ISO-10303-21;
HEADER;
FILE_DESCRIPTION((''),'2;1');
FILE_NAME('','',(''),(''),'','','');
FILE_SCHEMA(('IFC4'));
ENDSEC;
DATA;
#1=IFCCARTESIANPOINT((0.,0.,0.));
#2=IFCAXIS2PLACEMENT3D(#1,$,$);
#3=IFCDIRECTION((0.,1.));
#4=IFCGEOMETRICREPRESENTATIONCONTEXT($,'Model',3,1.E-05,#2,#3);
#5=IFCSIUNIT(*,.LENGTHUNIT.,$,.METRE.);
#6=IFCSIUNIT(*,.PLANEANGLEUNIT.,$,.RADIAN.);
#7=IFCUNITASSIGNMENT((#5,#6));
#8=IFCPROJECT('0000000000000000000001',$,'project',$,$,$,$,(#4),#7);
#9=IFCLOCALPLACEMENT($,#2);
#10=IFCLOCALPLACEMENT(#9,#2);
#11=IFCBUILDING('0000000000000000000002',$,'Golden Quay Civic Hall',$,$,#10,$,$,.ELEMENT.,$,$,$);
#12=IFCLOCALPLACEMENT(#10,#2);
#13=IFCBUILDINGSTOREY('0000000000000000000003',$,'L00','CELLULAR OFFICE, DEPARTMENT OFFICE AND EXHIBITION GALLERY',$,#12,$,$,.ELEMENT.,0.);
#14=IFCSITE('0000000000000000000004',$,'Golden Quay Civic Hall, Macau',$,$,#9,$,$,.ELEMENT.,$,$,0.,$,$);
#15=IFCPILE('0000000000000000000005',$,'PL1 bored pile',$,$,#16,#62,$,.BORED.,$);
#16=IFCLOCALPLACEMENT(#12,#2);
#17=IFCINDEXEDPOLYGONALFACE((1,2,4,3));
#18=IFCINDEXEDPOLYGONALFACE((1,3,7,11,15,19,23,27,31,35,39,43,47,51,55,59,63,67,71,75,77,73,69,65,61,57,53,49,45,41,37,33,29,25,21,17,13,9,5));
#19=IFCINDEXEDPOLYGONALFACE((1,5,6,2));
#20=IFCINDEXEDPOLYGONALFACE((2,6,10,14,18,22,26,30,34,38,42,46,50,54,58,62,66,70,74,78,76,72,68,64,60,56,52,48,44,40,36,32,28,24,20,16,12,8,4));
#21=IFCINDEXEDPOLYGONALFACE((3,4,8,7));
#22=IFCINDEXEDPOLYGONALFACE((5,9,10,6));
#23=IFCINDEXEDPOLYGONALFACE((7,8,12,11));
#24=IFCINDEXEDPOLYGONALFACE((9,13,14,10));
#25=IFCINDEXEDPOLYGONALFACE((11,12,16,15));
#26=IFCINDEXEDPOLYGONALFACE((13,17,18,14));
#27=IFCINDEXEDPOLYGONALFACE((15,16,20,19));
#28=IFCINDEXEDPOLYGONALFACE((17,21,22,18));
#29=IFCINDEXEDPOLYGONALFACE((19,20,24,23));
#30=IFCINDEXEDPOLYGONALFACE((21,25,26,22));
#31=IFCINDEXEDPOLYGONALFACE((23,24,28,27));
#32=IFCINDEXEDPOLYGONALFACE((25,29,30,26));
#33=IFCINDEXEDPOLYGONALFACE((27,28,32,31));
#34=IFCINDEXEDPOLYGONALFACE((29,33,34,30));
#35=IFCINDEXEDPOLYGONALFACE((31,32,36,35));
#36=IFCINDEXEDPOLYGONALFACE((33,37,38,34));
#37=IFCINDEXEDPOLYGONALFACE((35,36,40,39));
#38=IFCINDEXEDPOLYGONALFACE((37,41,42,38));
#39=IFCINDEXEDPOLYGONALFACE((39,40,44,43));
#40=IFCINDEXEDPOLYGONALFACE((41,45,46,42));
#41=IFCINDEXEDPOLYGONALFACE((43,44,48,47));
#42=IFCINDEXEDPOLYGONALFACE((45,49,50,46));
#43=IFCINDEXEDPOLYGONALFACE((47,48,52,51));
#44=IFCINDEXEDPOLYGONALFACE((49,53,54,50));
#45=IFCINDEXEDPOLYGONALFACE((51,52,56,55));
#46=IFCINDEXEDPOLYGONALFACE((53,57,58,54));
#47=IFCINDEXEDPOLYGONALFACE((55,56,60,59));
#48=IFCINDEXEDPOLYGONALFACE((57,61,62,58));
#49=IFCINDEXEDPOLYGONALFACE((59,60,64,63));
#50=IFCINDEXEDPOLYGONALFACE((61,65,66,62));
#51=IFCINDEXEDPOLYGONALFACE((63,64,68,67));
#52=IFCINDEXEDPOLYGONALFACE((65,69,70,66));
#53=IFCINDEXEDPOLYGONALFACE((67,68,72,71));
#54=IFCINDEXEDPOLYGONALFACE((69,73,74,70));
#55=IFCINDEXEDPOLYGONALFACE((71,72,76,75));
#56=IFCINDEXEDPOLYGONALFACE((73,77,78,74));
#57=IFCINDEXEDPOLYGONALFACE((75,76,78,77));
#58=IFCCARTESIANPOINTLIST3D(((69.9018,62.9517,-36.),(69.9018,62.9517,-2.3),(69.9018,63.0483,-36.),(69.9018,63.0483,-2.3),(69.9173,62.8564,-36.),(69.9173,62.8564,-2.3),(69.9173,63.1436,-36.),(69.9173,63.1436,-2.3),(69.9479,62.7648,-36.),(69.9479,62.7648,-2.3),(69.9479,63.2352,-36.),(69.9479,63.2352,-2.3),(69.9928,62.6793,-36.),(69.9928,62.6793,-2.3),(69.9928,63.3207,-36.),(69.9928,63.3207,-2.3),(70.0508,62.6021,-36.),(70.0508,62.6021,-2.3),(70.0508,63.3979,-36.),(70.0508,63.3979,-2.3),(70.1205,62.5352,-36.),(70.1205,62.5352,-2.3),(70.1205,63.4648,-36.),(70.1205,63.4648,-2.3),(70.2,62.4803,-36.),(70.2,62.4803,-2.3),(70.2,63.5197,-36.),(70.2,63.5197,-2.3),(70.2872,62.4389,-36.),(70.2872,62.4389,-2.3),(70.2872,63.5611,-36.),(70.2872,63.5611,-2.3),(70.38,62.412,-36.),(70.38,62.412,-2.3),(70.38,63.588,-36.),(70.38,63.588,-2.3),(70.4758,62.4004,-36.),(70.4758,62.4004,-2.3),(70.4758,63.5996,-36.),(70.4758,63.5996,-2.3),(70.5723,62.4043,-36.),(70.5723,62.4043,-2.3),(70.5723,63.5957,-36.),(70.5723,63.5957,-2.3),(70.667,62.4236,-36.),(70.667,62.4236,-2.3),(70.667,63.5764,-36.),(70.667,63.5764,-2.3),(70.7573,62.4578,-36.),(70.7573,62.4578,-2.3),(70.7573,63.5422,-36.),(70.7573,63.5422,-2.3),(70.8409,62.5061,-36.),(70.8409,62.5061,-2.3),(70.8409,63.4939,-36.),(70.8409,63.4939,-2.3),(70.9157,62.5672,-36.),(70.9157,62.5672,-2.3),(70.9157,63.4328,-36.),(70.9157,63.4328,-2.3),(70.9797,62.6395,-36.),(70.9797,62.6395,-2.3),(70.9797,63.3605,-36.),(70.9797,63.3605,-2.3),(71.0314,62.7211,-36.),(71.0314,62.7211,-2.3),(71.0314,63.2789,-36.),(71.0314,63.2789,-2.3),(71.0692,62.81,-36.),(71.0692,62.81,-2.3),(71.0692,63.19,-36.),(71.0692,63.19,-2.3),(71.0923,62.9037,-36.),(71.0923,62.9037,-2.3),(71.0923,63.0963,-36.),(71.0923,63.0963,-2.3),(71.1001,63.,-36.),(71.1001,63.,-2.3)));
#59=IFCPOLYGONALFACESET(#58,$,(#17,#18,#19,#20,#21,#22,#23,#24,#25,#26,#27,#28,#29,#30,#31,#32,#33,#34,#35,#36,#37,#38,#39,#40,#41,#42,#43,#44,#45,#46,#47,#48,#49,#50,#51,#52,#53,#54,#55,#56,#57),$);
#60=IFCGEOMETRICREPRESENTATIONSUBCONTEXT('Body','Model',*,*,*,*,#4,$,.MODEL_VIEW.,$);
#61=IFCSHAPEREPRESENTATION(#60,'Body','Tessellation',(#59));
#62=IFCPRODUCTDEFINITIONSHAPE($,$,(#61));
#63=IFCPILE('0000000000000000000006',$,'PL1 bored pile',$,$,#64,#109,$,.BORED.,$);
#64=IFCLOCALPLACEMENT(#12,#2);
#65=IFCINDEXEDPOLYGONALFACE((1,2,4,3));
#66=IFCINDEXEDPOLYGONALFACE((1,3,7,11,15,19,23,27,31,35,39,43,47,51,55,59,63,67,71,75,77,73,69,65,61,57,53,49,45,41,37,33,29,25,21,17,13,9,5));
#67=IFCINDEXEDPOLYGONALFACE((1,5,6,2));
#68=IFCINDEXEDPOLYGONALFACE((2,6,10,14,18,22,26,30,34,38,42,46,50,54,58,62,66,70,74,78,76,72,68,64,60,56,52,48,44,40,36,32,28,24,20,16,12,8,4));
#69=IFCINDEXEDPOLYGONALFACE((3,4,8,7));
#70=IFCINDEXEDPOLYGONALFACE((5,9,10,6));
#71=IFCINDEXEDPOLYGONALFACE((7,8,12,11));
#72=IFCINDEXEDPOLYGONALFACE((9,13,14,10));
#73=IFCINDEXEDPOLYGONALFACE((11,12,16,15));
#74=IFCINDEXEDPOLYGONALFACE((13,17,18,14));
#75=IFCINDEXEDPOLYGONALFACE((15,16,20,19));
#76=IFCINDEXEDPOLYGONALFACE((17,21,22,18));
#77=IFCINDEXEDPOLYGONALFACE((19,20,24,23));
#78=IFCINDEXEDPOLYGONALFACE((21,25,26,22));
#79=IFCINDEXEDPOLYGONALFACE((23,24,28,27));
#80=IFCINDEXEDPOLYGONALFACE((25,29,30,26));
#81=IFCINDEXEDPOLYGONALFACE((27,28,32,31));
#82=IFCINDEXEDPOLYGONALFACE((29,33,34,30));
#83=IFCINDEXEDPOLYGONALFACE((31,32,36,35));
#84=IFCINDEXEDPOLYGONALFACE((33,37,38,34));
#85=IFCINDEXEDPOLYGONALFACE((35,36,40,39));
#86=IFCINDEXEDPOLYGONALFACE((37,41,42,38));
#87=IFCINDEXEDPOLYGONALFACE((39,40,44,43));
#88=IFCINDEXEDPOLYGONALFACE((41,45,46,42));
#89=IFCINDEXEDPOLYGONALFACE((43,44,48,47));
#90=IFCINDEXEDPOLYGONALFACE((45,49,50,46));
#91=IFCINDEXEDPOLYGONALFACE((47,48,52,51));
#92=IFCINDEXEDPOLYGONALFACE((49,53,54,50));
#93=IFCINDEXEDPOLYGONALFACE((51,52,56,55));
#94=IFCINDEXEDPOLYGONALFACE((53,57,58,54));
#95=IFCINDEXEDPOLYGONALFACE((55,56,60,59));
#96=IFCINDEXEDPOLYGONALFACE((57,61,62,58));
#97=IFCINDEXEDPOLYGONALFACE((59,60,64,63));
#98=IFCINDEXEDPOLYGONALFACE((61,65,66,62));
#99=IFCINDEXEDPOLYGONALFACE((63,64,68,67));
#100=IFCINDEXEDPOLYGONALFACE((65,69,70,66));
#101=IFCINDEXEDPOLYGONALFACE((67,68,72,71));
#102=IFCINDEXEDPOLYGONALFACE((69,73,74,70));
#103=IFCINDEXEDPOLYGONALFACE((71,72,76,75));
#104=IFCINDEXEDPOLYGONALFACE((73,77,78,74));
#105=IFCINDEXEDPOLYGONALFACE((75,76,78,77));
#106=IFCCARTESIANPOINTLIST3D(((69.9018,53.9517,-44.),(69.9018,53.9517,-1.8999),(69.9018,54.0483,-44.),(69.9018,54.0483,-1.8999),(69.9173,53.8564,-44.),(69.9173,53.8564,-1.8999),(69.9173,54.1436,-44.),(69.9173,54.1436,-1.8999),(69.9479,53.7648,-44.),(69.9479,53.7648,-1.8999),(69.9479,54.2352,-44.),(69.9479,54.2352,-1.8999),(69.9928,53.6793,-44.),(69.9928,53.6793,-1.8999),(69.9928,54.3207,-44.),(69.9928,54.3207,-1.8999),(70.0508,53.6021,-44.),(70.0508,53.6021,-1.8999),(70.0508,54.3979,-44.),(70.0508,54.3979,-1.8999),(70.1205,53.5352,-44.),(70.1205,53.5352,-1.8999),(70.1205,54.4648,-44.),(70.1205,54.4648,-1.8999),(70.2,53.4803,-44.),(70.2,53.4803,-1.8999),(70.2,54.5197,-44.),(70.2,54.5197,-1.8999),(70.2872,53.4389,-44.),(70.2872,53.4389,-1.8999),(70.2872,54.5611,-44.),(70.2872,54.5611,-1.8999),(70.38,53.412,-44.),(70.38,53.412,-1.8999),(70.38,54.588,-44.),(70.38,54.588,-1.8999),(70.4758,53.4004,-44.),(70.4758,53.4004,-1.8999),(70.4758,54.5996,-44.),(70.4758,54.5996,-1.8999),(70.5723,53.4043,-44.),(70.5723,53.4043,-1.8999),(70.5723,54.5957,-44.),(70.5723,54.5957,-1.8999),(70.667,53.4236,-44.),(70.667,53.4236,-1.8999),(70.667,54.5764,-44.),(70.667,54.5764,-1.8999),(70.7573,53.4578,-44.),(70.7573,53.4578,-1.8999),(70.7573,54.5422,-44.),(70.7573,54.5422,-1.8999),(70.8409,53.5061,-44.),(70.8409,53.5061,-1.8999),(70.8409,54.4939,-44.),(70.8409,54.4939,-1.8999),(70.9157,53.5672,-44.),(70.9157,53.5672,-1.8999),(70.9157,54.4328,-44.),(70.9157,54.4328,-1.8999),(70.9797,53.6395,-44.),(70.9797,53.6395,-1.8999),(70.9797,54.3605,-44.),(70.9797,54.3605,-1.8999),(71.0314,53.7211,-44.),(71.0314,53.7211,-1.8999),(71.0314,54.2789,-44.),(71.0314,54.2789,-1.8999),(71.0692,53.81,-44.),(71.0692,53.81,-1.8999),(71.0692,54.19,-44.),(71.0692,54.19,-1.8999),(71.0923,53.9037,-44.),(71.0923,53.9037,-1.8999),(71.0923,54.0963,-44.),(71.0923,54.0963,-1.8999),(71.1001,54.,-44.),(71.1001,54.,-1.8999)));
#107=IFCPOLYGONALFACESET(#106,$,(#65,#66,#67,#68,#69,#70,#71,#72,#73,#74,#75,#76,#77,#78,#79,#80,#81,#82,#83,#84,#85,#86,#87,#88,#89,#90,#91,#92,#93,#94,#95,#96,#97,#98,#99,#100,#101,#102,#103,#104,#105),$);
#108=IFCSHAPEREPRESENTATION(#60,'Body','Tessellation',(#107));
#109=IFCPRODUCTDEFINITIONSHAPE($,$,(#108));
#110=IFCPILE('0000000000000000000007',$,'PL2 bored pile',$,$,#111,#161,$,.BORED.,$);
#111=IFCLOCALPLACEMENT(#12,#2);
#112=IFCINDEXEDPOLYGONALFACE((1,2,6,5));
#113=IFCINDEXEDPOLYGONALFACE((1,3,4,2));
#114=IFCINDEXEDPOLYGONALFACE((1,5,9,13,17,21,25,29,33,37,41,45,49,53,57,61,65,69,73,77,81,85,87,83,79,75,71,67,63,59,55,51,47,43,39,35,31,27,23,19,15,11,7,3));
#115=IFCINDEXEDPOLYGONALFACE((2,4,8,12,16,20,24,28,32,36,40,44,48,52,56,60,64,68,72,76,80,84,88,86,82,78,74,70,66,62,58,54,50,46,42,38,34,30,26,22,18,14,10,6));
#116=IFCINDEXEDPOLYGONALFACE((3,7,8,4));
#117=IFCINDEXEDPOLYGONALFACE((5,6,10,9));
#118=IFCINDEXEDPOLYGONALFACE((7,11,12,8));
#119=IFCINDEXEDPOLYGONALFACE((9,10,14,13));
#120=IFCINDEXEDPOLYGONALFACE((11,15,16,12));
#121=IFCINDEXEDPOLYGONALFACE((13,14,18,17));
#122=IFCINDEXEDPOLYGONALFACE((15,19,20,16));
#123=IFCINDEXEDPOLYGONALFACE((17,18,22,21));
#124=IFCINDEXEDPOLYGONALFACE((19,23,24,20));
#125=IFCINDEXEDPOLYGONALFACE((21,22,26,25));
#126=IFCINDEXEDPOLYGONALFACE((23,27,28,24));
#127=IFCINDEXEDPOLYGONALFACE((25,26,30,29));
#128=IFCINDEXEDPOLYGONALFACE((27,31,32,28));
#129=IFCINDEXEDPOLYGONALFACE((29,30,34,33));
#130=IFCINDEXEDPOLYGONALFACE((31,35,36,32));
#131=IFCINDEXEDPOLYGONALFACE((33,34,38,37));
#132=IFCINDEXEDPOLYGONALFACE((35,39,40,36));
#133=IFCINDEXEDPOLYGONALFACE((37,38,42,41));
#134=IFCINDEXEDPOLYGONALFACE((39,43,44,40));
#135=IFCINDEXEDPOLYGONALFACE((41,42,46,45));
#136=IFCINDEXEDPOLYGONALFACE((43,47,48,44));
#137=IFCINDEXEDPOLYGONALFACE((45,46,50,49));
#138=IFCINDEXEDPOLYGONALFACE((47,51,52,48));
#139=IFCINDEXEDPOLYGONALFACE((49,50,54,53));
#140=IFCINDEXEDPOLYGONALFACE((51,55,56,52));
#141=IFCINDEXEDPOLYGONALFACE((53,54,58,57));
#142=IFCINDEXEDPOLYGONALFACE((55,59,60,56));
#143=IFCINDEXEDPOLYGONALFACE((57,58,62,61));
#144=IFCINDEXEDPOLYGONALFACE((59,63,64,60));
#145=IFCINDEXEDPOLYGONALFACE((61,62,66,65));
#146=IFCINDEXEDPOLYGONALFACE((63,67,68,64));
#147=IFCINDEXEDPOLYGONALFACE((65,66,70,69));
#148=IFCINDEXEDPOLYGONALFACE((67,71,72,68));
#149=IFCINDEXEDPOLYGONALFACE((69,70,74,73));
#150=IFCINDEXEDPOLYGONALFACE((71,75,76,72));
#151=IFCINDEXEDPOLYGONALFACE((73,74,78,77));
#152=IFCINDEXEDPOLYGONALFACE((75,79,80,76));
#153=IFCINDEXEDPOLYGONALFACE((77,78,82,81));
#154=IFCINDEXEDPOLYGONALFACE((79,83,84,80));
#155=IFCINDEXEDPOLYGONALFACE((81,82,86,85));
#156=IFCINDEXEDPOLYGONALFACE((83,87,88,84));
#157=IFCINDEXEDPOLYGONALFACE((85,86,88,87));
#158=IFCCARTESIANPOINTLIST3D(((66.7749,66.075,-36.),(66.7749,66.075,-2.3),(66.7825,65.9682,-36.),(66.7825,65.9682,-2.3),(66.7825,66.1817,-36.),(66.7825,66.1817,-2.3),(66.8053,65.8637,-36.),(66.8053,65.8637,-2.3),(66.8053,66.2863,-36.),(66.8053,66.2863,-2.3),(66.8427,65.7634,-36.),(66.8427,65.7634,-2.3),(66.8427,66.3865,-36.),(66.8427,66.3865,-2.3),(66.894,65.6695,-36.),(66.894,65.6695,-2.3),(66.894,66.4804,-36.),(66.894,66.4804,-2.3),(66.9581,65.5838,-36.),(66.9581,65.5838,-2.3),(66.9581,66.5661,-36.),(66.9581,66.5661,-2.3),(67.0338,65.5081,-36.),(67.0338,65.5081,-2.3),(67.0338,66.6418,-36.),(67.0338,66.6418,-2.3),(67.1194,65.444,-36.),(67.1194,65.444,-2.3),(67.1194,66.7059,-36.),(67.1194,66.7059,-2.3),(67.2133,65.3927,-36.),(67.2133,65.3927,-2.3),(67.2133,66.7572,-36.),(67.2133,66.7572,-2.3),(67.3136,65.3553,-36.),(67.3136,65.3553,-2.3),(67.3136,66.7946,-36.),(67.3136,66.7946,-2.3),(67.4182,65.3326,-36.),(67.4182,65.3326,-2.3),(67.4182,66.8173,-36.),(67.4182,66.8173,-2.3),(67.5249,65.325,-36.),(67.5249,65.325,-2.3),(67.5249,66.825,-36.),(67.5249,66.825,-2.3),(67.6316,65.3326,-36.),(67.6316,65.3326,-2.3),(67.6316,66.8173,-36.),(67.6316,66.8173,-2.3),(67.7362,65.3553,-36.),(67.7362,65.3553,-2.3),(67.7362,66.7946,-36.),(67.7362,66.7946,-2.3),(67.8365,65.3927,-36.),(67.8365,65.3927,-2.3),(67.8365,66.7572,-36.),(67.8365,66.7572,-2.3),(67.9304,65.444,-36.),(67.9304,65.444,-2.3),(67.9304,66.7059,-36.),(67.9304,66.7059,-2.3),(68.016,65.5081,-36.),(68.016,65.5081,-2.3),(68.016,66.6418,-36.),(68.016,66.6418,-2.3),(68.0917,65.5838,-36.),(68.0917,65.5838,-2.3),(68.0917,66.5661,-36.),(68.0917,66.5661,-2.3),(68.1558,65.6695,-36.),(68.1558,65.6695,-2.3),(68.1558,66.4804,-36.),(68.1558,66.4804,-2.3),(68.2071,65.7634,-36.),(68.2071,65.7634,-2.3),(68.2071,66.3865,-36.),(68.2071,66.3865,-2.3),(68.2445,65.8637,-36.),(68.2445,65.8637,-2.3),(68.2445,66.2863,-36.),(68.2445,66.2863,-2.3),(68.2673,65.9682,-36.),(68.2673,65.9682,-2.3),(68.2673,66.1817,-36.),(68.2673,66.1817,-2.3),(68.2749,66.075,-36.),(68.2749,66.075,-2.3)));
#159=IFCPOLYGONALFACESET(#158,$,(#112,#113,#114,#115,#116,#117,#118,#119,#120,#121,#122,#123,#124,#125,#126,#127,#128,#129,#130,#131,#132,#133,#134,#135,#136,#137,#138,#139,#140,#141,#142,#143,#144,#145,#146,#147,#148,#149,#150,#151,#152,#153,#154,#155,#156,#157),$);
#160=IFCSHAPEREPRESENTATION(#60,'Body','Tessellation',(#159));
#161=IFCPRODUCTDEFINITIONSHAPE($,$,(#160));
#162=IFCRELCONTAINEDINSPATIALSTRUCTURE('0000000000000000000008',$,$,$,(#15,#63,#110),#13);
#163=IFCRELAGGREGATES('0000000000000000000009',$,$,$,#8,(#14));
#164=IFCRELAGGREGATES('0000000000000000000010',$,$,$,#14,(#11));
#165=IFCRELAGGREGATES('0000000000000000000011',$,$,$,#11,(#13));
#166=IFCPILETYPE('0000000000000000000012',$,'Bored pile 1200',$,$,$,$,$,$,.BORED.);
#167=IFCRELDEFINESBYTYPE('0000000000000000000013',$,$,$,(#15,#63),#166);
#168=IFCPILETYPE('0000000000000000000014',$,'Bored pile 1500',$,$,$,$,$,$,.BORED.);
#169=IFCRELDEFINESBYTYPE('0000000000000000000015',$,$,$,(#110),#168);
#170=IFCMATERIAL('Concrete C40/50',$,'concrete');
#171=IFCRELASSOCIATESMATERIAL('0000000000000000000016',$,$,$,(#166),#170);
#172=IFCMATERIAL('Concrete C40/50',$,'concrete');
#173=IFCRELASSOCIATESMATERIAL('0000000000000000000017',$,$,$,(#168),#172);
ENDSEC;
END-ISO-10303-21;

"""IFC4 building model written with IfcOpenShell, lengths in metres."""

from ifc_helpers import new_model, si_unit, direction, frame, origin, origin_2d, place, context, subcontext, project, spatial, circle, extrude, material, material_profile, profile_set, type_object, element, save


model = new_model("IFC4")

# Units and contexts
model_context = context("Model", 3, precision=1e-05, world=origin(), true_north=direction((0.0, 1.0)))
body_context = subcontext(model_context, "Body", "Model", "MODEL_VIEW")
ifc_project = project(units=[si_unit("LENGTHUNIT", "METRE"), si_unit("PLANEANGLEUNIT", "RADIAN")], contexts=[model_context])

# Site, building, storey
site_placement = place(None, origin())
site = spatial("IfcSite", under=ifc_project, at=site_placement, Name="Golden Quay Civic Hall, Macau", CompositionType="ELEMENT", RefElevation=0.0)
building_placement = place(site_placement, origin())
building = spatial("IfcBuilding", under=site, at=building_placement, Name="Golden Quay Civic Hall", CompositionType="ELEMENT")
storey_placement = place(building_placement, origin())
storey = spatial("IfcBuildingStorey", under=building, at=storey_placement, Name="L00", Description="CELLULAR OFFICE, DEPARTMENT OFFICE AND EXHIBITION GALLERY", CompositionType="ELEMENT", Elevation=0.0)

# Piles
ifc_material_1 = material(Name="Concrete C40/50", Category="concrete")
ifc_material_profile_1 = material_profile(ifc_material_1, circle(Radius=0.6001, at=origin_2d()), Name="RC D1200")
ifc_profile_set_1 = profile_set([ifc_material_profile_1], Name="Concrete C40/50")
pile_type_1 = type_object("IfcPileType", Name="Bored pile 1200", PredefinedType="BORED", material=ifc_profile_set_1)
pile_1_placement = place(storey_placement, frame((70.5, 63.0, -2.3), z_axis=(0.0, 0.0, -1.0), x_axis=(1.0, 0.0, 0.0)))
element("IfcPile", 1, at=pile_1_placement, inside=storey, type_object=pile_type_1, Name="PL1 bored pile", PredefinedType="BORED", context=body_context, shape_type="SweptSolid", body=[
    extrude(circle(Radius=0.6001, at=origin_2d()), origin(), (0.0, 0.0, 1.0), 33.7),
])
pile_2_placement = place(storey_placement, frame((70.5, 54.0, -1.8999), z_axis=(0.0, 0.0, -1.0), x_axis=(1.0, 0.0, 0.0)))
element("IfcPile", 2, at=pile_2_placement, inside=storey, type_object=pile_type_1, Name="PL1 bored pile", PredefinedType="BORED", context=body_context, shape_type="SweptSolid", body=[
    extrude(circle(Radius=0.6001, at=origin_2d()), origin(), (0.0, 0.0, 1.0), 42.1001),
])
ifc_material_2 = material(Name="Concrete C40/50", Category="concrete")
ifc_material_profile_2 = material_profile(ifc_material_2, circle(Radius=0.75, at=origin_2d()), Name="RC D1500")
ifc_profile_set_2 = profile_set([ifc_material_profile_2], Name="Concrete C40/50")
pile_type_2 = type_object("IfcPileType", Name="Bored pile 1500", PredefinedType="BORED", material=ifc_profile_set_2)
for number, where, z_axis, x_axis, name in (
    (3, (67.5249, 66.075, -2.3), (0.0, 0.0, -1.0), (1.0, 0.0, 0.0), "PL2 bored pile"),
):
    element("IfcPile", number, at=place(storey_placement, frame(where, z_axis=z_axis, x_axis=x_axis)), inside=storey, type_object=pile_type_2, Name=name, PredefinedType="BORED", context=body_context, shape_type="SweptSolid", body=[
        extrude(circle(Radius=0.75, at=origin_2d()), origin(), (0.0, 0.0, 1.0), 33.7),
    ])

save(model, "model.ifc")
